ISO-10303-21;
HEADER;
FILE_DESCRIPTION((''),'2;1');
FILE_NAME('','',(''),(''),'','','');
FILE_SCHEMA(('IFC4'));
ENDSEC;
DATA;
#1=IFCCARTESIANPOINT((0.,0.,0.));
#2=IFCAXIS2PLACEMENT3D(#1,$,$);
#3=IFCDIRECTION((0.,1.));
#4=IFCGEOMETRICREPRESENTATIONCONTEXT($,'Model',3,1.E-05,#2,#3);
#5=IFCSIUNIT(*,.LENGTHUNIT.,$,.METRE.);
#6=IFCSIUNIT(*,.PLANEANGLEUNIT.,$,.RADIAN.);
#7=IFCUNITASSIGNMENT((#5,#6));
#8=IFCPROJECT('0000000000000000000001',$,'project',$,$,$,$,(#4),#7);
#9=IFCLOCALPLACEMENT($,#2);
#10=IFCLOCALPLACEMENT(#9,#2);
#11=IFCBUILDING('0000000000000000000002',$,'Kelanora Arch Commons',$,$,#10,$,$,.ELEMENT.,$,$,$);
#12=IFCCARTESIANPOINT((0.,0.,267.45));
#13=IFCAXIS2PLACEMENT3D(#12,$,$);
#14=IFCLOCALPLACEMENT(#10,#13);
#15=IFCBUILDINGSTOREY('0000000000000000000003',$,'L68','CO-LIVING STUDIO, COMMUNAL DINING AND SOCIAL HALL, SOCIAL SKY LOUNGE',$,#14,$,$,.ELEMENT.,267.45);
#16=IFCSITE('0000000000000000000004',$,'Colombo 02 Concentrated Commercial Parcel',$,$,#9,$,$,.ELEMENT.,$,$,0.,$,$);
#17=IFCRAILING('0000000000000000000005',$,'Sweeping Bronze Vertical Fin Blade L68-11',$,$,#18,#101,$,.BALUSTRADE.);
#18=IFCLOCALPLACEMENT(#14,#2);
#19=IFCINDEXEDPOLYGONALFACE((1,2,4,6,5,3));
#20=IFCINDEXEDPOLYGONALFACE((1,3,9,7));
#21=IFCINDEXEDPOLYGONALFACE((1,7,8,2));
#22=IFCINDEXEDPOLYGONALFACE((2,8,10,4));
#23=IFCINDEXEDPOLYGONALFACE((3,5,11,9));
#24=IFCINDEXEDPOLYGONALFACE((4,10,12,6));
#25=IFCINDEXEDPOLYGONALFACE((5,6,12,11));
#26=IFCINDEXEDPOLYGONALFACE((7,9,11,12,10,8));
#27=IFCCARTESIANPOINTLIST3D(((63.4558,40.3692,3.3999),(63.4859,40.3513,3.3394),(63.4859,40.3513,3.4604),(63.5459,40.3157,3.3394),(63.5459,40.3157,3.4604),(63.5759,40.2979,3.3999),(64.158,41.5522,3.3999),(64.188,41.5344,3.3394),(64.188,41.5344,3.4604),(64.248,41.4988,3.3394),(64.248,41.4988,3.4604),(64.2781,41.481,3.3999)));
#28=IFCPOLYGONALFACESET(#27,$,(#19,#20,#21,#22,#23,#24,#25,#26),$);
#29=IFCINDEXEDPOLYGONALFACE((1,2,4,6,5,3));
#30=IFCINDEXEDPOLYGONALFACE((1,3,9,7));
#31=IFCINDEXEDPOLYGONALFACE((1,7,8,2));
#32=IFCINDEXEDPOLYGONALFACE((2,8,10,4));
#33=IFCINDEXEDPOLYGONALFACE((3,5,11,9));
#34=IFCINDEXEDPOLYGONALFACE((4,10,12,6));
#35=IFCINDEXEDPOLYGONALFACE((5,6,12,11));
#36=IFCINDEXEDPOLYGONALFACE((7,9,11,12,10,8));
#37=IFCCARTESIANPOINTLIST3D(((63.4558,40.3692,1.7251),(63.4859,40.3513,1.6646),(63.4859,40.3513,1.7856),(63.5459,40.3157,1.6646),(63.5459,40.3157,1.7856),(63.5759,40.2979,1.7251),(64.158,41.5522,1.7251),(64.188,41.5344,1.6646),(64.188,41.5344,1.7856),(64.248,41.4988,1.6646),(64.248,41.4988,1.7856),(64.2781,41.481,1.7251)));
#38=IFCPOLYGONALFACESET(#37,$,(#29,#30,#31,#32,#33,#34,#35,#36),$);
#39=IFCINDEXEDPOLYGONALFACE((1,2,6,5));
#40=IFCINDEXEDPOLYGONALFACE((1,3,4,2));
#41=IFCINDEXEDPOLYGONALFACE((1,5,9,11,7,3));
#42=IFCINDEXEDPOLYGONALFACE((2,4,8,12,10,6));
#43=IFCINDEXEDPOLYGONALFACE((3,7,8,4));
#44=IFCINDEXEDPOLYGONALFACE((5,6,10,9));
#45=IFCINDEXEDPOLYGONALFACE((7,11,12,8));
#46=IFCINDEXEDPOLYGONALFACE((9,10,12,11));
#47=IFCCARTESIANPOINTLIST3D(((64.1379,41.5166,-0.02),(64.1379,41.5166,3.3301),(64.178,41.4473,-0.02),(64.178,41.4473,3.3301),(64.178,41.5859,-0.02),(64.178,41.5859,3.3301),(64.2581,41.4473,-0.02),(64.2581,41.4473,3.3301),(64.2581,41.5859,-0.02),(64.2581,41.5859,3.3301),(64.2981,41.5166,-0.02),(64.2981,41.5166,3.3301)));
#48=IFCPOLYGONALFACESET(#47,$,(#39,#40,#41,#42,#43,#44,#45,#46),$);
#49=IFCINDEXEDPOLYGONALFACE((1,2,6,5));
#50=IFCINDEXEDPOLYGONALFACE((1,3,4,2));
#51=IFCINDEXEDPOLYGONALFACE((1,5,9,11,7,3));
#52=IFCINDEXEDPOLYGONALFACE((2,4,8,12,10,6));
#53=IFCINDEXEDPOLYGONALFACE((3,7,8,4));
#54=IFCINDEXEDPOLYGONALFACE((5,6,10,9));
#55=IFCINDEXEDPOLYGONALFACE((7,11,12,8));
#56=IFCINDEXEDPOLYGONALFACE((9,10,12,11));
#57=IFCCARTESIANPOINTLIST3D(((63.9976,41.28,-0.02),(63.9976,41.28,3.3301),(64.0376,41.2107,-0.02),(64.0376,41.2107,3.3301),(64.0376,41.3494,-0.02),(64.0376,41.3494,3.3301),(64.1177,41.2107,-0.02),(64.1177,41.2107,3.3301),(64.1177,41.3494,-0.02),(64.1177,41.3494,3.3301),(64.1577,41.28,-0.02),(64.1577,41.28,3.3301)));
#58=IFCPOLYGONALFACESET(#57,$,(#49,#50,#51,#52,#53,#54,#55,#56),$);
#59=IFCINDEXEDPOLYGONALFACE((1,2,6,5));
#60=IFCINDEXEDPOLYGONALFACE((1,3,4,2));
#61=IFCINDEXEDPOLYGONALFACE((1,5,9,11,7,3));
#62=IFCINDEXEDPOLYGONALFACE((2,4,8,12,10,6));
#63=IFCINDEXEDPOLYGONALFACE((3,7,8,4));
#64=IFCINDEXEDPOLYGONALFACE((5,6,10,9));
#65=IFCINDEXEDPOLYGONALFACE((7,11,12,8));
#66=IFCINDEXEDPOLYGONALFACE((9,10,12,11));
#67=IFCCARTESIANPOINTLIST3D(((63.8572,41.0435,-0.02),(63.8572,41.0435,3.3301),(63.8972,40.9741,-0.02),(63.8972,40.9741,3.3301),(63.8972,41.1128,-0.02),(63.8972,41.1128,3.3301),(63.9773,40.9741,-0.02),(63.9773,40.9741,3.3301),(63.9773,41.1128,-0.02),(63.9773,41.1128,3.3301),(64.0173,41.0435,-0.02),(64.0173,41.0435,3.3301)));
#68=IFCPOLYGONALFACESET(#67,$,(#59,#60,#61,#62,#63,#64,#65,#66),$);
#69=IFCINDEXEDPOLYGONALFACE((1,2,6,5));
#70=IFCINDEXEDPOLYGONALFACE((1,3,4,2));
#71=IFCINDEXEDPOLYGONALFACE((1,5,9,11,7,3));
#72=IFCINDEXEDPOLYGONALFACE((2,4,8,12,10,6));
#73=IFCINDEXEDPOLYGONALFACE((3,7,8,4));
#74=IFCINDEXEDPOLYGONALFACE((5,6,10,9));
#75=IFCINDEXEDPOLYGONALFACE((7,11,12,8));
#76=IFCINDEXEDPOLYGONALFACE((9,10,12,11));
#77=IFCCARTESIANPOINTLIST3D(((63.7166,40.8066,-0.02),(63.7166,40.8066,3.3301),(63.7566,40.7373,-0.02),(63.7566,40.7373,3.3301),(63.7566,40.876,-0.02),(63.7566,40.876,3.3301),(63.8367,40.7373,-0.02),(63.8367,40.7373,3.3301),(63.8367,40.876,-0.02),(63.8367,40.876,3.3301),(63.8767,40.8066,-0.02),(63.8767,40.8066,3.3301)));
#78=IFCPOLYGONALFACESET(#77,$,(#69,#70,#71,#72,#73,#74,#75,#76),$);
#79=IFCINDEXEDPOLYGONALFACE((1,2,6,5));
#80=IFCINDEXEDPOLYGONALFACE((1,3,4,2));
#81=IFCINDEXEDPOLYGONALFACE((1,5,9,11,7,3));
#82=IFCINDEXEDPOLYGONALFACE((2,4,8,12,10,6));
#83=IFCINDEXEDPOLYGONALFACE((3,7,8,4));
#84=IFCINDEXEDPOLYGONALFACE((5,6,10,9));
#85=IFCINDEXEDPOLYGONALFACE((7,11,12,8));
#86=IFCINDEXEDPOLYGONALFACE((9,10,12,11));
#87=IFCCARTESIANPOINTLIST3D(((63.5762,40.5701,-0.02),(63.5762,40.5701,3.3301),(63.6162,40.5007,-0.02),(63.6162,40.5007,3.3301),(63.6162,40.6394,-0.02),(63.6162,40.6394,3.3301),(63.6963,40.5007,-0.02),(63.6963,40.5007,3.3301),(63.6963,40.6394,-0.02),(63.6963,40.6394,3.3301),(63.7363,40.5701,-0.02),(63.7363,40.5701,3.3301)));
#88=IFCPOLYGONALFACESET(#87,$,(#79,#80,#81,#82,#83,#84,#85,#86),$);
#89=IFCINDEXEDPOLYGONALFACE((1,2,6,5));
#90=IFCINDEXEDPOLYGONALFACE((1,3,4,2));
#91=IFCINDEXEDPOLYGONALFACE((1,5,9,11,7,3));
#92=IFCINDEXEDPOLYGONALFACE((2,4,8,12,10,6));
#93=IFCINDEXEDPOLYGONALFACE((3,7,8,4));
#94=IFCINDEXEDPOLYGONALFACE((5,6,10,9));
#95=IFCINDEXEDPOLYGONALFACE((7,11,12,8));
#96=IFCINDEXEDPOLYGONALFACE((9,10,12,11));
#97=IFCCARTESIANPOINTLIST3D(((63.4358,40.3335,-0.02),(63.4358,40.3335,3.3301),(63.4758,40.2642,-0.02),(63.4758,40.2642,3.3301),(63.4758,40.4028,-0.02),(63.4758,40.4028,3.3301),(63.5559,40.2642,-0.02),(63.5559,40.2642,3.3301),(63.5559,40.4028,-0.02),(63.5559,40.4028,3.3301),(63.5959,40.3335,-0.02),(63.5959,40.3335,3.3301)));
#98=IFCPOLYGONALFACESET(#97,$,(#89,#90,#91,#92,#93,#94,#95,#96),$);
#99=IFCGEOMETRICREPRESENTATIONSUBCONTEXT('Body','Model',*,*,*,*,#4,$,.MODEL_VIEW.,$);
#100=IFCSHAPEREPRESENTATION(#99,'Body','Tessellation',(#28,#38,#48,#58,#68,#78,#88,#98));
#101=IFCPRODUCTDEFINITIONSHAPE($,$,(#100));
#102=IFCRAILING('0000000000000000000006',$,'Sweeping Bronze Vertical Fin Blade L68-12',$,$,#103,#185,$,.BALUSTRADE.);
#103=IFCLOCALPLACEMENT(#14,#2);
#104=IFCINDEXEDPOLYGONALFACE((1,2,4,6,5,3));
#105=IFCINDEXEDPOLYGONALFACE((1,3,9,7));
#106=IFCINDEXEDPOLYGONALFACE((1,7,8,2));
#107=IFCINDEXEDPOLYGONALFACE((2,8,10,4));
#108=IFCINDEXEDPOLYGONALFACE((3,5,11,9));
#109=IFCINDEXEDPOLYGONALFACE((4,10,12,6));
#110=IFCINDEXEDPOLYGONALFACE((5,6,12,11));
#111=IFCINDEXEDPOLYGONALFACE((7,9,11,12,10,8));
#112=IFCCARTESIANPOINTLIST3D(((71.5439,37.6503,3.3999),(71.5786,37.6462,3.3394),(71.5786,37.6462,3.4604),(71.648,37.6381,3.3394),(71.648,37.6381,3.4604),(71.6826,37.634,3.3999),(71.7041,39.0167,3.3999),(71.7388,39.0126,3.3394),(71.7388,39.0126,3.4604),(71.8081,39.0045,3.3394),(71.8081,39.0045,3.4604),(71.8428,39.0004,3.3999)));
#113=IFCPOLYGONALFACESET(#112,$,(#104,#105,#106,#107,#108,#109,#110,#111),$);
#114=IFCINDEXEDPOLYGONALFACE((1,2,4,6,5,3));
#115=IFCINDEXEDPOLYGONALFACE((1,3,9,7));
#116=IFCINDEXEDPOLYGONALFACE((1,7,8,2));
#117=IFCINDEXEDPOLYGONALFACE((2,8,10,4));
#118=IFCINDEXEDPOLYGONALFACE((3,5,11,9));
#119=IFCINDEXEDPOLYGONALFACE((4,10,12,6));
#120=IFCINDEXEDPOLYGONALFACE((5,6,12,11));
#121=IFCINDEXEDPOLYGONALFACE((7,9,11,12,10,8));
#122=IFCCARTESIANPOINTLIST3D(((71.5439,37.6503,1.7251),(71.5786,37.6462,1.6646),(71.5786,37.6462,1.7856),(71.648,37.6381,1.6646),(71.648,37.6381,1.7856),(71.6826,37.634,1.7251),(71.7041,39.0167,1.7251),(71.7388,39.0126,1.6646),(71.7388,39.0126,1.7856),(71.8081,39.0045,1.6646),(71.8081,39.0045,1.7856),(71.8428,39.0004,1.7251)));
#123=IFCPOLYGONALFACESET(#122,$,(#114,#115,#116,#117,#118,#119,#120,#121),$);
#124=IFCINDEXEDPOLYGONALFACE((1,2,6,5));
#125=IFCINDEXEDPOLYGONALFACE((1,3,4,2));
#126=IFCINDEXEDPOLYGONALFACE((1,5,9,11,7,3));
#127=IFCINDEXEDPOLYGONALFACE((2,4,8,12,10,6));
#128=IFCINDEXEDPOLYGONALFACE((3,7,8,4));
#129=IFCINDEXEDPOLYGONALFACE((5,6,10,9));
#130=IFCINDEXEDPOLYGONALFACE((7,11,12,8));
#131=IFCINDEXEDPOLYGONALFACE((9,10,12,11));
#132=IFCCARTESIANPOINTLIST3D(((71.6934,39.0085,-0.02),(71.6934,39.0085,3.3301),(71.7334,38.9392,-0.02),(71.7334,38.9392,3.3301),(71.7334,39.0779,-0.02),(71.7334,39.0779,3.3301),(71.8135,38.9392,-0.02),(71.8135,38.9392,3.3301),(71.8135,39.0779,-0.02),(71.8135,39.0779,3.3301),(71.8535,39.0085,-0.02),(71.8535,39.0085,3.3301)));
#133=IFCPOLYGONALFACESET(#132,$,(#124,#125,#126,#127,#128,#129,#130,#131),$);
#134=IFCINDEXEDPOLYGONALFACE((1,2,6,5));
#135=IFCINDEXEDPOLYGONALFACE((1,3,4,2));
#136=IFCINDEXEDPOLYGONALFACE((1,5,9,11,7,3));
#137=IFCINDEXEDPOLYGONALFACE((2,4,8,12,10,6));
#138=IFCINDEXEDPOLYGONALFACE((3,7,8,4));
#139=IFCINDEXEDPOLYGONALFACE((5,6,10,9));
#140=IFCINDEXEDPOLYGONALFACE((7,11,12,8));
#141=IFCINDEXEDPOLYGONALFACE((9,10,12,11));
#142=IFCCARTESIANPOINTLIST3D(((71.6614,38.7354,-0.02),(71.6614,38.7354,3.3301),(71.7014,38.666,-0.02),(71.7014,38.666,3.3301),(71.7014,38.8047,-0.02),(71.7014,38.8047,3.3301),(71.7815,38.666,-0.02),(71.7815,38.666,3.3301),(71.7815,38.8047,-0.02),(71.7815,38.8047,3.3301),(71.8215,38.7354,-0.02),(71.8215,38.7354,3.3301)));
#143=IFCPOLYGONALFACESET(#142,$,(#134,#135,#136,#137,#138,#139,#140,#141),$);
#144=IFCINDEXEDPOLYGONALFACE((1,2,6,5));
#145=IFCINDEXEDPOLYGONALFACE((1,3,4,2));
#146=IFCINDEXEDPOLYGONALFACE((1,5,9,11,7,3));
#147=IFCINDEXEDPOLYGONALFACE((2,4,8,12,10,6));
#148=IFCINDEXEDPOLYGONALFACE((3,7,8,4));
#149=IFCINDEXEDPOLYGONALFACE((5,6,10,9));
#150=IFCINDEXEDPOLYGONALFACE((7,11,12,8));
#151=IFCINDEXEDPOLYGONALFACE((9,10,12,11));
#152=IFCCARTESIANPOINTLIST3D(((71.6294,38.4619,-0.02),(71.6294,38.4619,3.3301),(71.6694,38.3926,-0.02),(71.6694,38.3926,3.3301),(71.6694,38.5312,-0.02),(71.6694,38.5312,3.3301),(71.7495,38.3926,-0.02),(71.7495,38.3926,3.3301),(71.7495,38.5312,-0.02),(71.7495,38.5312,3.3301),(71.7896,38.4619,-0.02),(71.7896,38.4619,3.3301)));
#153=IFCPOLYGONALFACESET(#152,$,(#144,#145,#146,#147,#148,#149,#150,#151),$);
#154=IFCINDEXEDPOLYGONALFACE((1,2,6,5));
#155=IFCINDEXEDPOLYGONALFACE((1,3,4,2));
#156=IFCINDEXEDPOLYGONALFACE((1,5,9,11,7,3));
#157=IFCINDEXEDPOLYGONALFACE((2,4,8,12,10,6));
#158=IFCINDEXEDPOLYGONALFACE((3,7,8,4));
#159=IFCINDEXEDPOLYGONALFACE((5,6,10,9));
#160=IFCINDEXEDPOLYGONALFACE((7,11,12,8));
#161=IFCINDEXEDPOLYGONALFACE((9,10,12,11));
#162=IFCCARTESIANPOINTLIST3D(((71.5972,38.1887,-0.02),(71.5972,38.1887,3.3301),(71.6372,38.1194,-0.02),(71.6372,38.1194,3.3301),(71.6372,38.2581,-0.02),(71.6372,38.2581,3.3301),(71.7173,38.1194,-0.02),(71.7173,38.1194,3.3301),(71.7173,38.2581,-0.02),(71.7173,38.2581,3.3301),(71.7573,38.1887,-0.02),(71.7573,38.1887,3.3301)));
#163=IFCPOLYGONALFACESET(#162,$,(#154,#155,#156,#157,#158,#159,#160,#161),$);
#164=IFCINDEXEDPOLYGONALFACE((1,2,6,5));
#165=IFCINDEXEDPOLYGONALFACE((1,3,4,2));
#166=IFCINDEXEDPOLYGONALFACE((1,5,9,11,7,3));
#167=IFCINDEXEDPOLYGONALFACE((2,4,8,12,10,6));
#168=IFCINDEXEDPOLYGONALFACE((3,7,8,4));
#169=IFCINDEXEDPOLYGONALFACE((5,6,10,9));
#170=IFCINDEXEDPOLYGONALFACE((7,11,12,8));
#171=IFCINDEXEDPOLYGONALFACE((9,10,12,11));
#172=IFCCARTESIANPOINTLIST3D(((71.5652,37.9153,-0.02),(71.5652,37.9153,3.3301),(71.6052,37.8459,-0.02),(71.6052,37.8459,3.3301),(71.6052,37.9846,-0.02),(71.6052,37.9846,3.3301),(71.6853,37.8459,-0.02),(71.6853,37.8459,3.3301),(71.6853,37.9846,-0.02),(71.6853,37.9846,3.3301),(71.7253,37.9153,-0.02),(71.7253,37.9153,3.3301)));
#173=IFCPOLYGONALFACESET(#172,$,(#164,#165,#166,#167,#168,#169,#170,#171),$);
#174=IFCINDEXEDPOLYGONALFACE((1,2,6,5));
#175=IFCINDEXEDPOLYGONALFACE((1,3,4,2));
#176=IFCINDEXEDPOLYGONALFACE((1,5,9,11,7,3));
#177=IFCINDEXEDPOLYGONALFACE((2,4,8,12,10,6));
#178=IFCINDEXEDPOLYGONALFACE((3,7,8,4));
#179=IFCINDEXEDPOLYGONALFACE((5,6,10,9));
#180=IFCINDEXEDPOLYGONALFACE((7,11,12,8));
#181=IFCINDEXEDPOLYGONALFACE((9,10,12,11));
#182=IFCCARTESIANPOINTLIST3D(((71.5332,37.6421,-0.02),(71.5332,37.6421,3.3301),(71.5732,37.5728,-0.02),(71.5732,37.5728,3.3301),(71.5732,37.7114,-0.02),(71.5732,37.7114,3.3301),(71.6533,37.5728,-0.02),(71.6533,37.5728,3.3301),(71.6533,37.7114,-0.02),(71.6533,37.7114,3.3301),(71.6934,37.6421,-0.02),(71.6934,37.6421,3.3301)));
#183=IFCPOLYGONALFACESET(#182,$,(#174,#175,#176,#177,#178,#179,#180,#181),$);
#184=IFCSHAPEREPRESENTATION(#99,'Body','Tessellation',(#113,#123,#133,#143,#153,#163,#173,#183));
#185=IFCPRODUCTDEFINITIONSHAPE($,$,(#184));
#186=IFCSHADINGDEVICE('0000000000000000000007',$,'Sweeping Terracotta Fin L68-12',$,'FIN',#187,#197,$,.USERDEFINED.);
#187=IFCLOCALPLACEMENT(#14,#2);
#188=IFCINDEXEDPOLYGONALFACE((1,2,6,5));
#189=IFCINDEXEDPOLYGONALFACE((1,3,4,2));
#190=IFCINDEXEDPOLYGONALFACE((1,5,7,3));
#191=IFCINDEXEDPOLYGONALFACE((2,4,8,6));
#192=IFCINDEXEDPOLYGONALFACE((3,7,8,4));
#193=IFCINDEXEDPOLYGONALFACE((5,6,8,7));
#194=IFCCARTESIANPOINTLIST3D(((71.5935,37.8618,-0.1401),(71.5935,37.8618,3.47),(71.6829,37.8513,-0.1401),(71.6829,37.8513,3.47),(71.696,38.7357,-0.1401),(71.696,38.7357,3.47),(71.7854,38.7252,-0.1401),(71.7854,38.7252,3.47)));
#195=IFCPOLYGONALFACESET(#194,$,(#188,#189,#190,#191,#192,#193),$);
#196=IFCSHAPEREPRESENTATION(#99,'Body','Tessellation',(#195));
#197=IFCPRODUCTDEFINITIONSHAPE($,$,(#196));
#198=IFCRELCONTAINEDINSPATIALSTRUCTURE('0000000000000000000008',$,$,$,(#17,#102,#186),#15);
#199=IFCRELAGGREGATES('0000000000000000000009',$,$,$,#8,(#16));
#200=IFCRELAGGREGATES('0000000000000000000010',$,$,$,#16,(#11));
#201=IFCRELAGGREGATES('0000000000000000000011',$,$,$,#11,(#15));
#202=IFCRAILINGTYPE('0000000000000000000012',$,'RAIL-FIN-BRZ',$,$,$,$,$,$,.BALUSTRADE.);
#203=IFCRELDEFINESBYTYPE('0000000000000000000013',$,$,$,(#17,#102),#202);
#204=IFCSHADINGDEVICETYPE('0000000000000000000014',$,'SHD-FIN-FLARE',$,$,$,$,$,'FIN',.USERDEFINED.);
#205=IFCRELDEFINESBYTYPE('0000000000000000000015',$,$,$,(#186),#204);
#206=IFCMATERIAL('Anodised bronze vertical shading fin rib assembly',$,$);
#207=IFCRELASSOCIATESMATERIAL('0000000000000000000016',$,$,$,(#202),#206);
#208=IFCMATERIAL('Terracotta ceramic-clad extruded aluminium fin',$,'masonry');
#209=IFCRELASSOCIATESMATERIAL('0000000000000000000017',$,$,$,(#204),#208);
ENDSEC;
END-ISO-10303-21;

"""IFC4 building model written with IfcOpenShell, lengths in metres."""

from ifc_helpers import new_model, si_unit, direction, frame, origin, origin_2d, place, context, subcontext, project, spatial, polyline, rectangle, outline, extrude, source, transform, mapped, material, type_object, element, save


model = new_model("IFC4")

# Units and contexts
model_context = context("Model", 3, precision=1e-05, world=origin(), true_north=direction((0.0, 1.0)))
body_context = subcontext(model_context, "Body", "Model", "MODEL_VIEW")
ifc_project = project(units=[si_unit("LENGTHUNIT", "METRE"), si_unit("PLANEANGLEUNIT", "RADIAN")], contexts=[model_context])

# Site, building, storey
site_placement = place(None, origin())
site = spatial("IfcSite", under=ifc_project, at=site_placement, Name="Colombo 02 Concentrated Commercial Parcel", CompositionType="ELEMENT", RefElevation=0.0)
building_placement = place(site_placement, origin())
building = spatial("IfcBuilding", under=site, at=building_placement, Name="Kelanora Arch Commons", CompositionType="ELEMENT")
storey_placement = place(building_placement, frame((0.0, 0.0, 267.45)))
storey = spatial("IfcBuildingStorey", under=building, at=storey_placement, Name="L68", Description="CO-LIVING STUDIO, COMMUNAL DINING AND SOCIAL HALL, SOCIAL SKY LOUNGE", CompositionType="ELEMENT", Elevation=267.45)

# Railings
ifc_material_1 = material(Name="Anodised bronze vertical shading fin rib assembly")
railing_type = type_object("IfcRailingType", Name="RAIL-FIN-BRZ", PredefinedType="BALUSTRADE", material=ifc_material_1)
railing_1_placement = place(storey_placement, frame((64.218, 41.5166, -0.02)))
element("IfcRailing", 1, at=railing_1_placement, inside=storey, type_object=railing_type, Name="Sweeping Bronze Vertical Fin Blade L68-11", PredefinedType="BALUSTRADE", context=body_context, shape_type="SweptSolid", body=[
    extrude(outline(polyline([(0.0698, 0.0), (0.0349, 0.0605), (-0.0349, 0.0605), (-0.0698, 0.0), (-0.0349, -0.0605), (0.0349, -0.0605), (0.0698, 0.0)])), frame((0.0, 0.0, 3.4199), z_axis=(-0.510367, -0.859957, 0.0), x_axis=(0.859957, -0.510367, 0.0)), (0.0, 0.0, 1.0), 1.3757),
    extrude(outline(polyline([(0.0698, 0.0), (0.0349, 0.0605), (-0.0349, 0.0605), (-0.0698, 0.0), (-0.0349, -0.0605), (0.0349, -0.0605), (0.0698, 0.0)])), frame((0.0, 0.0, 1.7451), z_axis=(-0.510367, -0.859957, 0.0), x_axis=(0.859957, -0.510367, 0.0)), (0.0, 0.0, 1.0), 1.3757),
    extrude(outline(polyline([(0.0801, 0.0), (0.04, 0.0693), (-0.04, 0.0693), (-0.0801, 0.0), (-0.04, -0.0693), (0.04, -0.0693), (0.0801, 0.0)])), origin(), (0.0, 0.0, 1.0), 3.3501),
    extrude(outline(polyline([(0.0801, 0.0), (0.04, 0.0693), (-0.04, 0.0693), (-0.0801, 0.0), (-0.04, -0.0693), (0.04, -0.0693), (0.0801, 0.0)])), frame((-0.1404, -0.2366, 0.0)), (0.0, 0.0, 1.0), 3.3501),
    extrude(outline(polyline([(0.0801, 0.0), (0.04, 0.0693), (-0.04, 0.0693), (-0.0801, 0.0), (-0.04, -0.0693), (0.04, -0.0693), (0.0801, 0.0)])), frame((-0.2808, -0.4731, 0.0)), (0.0, 0.0, 1.0), 3.3501),
    extrude(outline(polyline([(0.0801, 0.0), (0.04, 0.0693), (-0.04, 0.0693), (-0.0801, 0.0), (-0.04, -0.0693), (0.04, -0.0693), (0.0801, 0.0)])), frame((-0.4214, -0.71, 0.0)), (0.0, 0.0, 1.0), 3.3501),
    extrude(outline(polyline([(0.0801, 0.0), (0.04, 0.0693), (-0.04, 0.0693), (-0.0801, 0.0), (-0.04, -0.0693), (0.04, -0.0693), (0.0801, 0.0)])), frame((-0.5618, -0.9465, 0.0)), (0.0, 0.0, 1.0), 3.3501),
    extrude(outline(polyline([(0.0801, 0.0), (0.04, 0.0693), (-0.04, 0.0693), (-0.0801, 0.0), (-0.04, -0.0693), (0.04, -0.0693), (0.0801, 0.0)])), frame((-0.7021, -1.1831, 0.0)), (0.0, 0.0, 1.0), 3.3501),
])
railing_2_placement = place(storey_placement, frame((71.7734, 39.0085, -0.02)))
element("IfcRailing", 2, at=railing_2_placement, inside=storey, type_object=railing_type, Name="Sweeping Bronze Vertical Fin Blade L68-12", PredefinedType="BALUSTRADE", context=body_context, shape_type="SweptSolid", body=[
    extrude(outline(polyline([(0.0698, 0.0), (0.0349, 0.0605), (-0.0349, 0.0605), (-0.0698, 0.0), (-0.0349, -0.0605), (0.0349, -0.0605), (0.0698, 0.0)])), frame((0.0, 0.0, 3.4199), z_axis=(-0.116409, -0.993201, 0.0), x_axis=(0.993201, -0.116409, 0.0)), (0.0, 0.0, 1.0), 1.3757),
    extrude(outline(polyline([(0.0698, 0.0), (0.0349, 0.0605), (-0.0349, 0.0605), (-0.0698, 0.0), (-0.0349, -0.0605), (0.0349, -0.0605), (0.0698, 0.0)])), frame((0.0, 0.0, 1.7451), z_axis=(-0.116409, -0.993201, 0.0), x_axis=(0.993201, -0.116409, 0.0)), (0.0, 0.0, 1.0), 1.3757),
    extrude(outline(polyline([(0.0801, 0.0), (0.04, 0.0693), (-0.04, 0.0693), (-0.0801, 0.0), (-0.04, -0.0693), (0.04, -0.0693), (0.0801, 0.0)])), origin(), (0.0, 0.0, 1.0), 3.3501),
    extrude(outline(polyline([(0.0801, 0.0), (0.04, 0.0693), (-0.04, 0.0693), (-0.0801, 0.0), (-0.04, -0.0693), (0.04, -0.0693), (0.0801, 0.0)])), frame((-0.032, -0.2732, 0.0)), (0.0, 0.0, 1.0), 3.3501),
    extrude(outline(polyline([(0.0801, 0.0), (0.04, 0.0693), (-0.04, 0.0693), (-0.0801, 0.0), (-0.04, -0.0693), (0.04, -0.0693), (0.0801, 0.0)])), frame((-0.064, -0.5466, 0.0)), (0.0, 0.0, 1.0), 3.3501),
    extrude(outline(polyline([(0.0801, 0.0), (0.04, 0.0693), (-0.04, 0.0693), (-0.0801, 0.0), (-0.04, -0.0693), (0.04, -0.0693), (0.0801, 0.0)])), frame((-0.0962, -0.8198, 0.0)), (0.0, 0.0, 1.0), 3.3501),
    extrude(outline(polyline([(0.0801, 0.0), (0.04, 0.0693), (-0.04, 0.0693), (-0.0801, 0.0), (-0.04, -0.0693), (0.04, -0.0693), (0.0801, 0.0)])), frame((-0.1282, -1.0933, 0.0)), (0.0, 0.0, 1.0), 3.3501),
    extrude(outline(polyline([(0.0801, 0.0), (0.04, 0.0693), (-0.04, 0.0693), (-0.0801, 0.0), (-0.04, -0.0693), (0.04, -0.0693), (0.0801, 0.0)])), frame((-0.1602, -1.3665, 0.0)), (0.0, 0.0, 1.0), 3.3501),
])

# Shading device
ifc_material_2 = material(Name="Terracotta ceramic-clad extruded aluminium fin", Category="masonry")
shading_device_type = type_object("IfcShadingDeviceType", Name="SHD-FIN-FLARE", ElementType="FIN", PredefinedType="USERDEFINED", material=ifc_material_2)
shared_shape_1 = source(origin(), body_context, "Body", "SweptSolid", [
    extrude(rectangle(XDim=0.8799, YDim=0.0901, at=origin_2d()), origin(), (0.0, 0.0, 1.0), 3.6101),
])
shading_device_placement = place(storey_placement, frame((71.6895, 38.2935, -0.1401), z_axis=(0.0, 0.0, 1.0), x_axis=(-0.116497, -0.993191, 0.0)))
element("IfcShadingDevice", 3, at=shading_device_placement, inside=storey, type_object=shading_device_type, Name="Sweeping Terracotta Fin L68-12", ObjectType="FIN", PredefinedType="USERDEFINED", context=body_context, shape_type="MappedRepresentation", body=[
    mapped(shared_shape_1, transform((0.0, 0.0, 0.0), scale=1.0)),
])

save(model, "model.ifc")
